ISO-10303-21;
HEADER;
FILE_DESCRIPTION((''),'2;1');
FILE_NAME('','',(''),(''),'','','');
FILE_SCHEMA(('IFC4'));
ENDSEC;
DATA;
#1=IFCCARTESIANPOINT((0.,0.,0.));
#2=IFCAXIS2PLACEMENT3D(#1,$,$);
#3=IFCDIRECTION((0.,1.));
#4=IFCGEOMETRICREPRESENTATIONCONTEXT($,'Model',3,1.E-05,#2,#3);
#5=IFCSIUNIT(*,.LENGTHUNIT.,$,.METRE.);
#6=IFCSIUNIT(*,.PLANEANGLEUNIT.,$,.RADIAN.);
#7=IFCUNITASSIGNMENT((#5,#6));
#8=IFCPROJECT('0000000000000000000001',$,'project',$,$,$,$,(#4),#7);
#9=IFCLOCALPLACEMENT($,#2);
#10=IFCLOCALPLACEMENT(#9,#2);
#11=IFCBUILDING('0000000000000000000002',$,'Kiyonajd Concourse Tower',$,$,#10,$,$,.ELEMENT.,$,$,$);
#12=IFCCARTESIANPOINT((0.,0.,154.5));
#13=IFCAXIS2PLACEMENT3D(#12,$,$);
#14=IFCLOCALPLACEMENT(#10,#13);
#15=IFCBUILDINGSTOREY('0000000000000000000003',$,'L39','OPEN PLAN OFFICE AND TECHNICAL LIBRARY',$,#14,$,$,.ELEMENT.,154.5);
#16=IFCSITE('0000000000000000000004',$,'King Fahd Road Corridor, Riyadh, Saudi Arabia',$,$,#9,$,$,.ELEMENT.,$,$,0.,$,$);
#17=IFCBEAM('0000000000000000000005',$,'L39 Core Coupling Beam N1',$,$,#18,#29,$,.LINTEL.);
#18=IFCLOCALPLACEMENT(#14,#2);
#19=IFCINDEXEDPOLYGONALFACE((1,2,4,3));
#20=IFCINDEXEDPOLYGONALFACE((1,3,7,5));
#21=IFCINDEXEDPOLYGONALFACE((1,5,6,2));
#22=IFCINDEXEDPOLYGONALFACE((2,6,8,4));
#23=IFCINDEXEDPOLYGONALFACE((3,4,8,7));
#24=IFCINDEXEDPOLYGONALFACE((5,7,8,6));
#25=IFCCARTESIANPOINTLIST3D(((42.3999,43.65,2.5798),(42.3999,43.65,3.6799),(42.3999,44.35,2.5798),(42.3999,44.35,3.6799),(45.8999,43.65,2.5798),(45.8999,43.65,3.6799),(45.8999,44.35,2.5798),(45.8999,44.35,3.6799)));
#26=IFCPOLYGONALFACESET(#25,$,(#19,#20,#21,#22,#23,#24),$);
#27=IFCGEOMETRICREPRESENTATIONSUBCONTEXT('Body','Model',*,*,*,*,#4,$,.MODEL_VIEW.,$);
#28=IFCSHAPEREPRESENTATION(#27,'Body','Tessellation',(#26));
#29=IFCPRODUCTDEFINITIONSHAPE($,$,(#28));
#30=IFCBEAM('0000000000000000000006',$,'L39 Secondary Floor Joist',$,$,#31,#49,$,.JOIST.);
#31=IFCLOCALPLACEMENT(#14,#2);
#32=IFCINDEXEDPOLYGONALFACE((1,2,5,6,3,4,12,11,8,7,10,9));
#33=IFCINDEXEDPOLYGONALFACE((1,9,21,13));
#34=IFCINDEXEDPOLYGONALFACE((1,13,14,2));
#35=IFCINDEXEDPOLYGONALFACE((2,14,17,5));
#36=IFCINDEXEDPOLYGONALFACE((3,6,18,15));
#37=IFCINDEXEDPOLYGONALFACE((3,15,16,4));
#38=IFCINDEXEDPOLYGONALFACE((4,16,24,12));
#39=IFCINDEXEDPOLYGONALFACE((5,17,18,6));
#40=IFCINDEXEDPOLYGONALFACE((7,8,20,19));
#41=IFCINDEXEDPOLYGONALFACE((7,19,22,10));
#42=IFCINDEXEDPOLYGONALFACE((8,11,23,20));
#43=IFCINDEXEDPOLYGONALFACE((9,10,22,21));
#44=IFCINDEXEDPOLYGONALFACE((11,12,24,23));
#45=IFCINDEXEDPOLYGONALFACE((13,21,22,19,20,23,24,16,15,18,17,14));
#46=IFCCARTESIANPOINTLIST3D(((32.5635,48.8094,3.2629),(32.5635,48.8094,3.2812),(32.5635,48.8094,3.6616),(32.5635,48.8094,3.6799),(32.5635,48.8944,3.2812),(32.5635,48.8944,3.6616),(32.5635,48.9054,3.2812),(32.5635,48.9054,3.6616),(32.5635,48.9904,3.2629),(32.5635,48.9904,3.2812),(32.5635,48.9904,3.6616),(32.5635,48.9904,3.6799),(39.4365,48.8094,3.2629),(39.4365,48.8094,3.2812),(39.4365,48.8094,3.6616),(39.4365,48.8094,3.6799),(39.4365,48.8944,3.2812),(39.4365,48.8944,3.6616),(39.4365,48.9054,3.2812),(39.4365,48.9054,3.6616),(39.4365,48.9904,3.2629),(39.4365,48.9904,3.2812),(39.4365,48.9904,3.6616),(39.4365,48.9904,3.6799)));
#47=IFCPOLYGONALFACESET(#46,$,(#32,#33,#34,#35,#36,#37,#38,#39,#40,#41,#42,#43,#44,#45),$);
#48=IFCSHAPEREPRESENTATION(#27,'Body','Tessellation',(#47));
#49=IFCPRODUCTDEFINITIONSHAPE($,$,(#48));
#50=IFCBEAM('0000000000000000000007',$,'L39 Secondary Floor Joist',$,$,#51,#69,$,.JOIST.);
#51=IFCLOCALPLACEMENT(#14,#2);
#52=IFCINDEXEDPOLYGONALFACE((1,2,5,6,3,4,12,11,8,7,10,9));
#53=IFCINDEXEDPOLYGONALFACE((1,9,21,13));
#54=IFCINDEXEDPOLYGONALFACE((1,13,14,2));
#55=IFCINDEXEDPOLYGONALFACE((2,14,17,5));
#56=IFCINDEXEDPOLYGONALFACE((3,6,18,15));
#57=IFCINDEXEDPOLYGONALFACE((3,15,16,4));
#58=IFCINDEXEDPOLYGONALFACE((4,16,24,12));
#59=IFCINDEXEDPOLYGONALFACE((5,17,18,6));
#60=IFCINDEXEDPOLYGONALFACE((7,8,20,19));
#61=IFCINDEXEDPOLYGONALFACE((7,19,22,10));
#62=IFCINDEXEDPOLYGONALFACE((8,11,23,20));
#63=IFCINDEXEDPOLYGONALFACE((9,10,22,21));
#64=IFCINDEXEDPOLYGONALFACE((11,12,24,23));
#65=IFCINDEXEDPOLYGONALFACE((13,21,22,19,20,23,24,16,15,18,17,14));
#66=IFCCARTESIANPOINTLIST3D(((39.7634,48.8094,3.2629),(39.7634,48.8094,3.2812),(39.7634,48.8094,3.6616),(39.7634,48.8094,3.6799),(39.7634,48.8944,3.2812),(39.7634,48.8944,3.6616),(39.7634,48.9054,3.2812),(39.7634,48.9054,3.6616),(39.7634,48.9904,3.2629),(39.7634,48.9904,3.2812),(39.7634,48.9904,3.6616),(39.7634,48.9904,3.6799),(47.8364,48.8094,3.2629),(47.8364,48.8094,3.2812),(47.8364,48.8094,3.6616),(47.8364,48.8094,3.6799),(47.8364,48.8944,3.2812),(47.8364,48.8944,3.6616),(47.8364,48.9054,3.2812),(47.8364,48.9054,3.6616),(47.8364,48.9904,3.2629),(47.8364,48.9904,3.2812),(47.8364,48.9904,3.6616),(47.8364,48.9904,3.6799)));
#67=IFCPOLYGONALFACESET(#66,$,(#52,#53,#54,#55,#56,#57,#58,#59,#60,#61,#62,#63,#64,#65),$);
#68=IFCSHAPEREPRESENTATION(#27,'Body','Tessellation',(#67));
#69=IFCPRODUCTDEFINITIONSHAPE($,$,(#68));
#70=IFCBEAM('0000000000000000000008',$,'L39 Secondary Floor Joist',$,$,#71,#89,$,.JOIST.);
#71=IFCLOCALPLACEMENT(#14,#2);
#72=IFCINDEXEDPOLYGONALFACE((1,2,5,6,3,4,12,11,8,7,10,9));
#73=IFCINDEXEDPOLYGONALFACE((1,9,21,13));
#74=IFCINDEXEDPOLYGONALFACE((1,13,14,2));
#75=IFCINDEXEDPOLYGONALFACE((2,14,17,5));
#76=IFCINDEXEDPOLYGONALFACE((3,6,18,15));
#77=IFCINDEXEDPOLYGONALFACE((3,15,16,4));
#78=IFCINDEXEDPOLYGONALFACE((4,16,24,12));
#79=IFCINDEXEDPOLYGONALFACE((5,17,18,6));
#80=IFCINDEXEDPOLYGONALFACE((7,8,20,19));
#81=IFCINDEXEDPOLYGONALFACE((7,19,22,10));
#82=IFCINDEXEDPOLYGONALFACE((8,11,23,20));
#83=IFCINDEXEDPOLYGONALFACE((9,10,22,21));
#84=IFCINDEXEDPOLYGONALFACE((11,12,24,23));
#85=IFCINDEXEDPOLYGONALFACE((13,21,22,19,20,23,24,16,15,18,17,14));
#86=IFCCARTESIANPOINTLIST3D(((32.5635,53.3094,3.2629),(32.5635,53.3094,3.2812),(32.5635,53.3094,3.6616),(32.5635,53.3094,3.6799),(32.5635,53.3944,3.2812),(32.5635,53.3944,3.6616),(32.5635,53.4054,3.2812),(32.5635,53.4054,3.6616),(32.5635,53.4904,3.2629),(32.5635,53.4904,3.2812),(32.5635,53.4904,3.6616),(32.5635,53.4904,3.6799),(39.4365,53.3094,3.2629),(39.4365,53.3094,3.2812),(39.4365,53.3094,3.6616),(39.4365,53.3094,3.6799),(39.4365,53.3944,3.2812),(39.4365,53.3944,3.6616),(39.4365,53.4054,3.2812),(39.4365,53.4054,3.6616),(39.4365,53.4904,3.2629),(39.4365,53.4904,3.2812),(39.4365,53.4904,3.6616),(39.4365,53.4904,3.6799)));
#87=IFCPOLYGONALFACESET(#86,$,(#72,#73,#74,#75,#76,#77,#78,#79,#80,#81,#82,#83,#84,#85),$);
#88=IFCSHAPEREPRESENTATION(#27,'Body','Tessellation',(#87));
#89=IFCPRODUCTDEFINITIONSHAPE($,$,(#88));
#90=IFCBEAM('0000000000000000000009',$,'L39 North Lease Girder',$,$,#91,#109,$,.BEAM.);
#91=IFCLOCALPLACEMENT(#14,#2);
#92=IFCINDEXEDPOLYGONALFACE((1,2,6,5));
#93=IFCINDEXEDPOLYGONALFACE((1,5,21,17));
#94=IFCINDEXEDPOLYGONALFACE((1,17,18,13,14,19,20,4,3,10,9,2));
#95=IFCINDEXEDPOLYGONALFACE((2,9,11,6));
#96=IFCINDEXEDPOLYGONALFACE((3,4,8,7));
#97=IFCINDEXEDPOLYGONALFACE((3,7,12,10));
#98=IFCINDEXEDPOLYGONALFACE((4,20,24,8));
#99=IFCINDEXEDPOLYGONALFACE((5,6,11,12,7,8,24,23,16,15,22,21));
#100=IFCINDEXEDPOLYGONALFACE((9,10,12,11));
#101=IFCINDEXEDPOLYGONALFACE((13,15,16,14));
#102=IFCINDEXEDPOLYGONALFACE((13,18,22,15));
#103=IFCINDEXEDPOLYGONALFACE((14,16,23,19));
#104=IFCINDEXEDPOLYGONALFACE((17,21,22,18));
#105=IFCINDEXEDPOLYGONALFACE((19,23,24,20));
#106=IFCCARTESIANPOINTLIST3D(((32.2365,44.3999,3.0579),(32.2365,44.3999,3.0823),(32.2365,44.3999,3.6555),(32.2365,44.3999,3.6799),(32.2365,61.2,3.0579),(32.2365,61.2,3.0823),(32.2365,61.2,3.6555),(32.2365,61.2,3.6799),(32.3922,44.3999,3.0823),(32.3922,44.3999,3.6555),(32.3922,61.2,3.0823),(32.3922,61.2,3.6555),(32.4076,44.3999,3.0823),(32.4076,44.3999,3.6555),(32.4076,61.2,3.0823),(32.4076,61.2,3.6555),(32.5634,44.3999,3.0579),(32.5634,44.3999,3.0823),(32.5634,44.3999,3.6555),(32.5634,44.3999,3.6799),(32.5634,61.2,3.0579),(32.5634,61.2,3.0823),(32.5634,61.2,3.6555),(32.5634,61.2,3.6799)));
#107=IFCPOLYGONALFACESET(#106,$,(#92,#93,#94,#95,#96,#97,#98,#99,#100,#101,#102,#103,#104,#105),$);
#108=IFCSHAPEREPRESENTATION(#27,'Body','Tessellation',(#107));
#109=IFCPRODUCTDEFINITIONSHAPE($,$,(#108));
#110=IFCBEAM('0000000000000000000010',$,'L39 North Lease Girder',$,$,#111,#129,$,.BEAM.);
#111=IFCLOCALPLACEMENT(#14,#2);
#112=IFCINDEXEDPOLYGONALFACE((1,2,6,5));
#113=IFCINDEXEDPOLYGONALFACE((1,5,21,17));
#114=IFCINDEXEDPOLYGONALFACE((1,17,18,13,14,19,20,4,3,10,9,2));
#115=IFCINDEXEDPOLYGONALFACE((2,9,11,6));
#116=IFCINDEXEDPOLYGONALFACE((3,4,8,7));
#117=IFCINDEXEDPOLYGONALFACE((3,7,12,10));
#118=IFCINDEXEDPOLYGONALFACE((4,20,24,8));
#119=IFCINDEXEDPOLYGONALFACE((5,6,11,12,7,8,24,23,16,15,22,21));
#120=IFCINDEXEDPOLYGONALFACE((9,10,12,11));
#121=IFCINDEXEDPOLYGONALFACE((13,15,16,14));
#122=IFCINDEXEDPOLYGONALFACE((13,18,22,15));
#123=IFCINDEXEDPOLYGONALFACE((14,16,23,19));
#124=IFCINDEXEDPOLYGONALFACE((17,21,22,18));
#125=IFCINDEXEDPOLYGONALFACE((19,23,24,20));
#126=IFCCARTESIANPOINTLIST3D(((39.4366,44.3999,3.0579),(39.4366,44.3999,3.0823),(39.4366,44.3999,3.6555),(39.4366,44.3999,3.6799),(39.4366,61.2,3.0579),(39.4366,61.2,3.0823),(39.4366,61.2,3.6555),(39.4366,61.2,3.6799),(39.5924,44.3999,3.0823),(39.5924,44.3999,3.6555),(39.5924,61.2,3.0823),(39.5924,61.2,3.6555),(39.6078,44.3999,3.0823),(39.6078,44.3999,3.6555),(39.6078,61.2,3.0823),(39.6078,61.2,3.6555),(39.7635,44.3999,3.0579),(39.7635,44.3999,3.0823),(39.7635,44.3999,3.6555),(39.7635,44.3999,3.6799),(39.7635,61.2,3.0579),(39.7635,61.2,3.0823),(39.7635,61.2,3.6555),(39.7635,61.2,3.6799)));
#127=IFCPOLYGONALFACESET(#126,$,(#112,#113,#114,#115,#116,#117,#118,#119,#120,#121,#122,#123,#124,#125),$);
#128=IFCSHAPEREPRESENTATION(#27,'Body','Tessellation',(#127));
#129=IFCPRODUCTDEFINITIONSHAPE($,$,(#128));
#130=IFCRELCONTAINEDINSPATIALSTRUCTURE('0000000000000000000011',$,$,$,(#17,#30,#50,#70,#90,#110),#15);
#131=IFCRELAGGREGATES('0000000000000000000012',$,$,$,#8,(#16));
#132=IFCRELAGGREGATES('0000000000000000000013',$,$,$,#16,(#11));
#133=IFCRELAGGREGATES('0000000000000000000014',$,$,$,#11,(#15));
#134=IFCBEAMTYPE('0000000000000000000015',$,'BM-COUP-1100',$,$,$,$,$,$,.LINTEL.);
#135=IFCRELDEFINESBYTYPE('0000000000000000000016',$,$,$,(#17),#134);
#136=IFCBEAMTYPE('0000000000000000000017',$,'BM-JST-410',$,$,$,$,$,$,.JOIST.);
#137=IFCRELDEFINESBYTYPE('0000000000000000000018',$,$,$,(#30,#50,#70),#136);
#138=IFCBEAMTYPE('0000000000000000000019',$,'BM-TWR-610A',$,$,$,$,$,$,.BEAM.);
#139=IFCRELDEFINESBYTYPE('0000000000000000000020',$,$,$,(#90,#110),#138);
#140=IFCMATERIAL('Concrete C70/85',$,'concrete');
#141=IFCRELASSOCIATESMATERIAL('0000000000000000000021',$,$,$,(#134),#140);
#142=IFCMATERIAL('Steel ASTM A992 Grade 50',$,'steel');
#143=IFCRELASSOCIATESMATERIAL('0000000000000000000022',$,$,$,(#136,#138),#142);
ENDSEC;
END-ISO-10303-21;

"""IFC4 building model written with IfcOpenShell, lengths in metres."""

from ifc_helpers import new_model, si_unit, direction, frame, origin, origin_2d, place, context, subcontext, project, spatial, rectangle, i_section, extrude, material, material_profile, profile_set, type_object, element, save


model = new_model("IFC4")

# Units and contexts
model_context = context("Model", 3, precision=1e-05, world=origin(), true_north=direction((0.0, 1.0)))
body_context = subcontext(model_context, "Body", "Model", "MODEL_VIEW")
ifc_project = project(units=[si_unit("LENGTHUNIT", "METRE"), si_unit("PLANEANGLEUNIT", "RADIAN")], contexts=[model_context])

# Site, building, storey
site_placement = place(None, origin())
site = spatial("IfcSite", under=ifc_project, at=site_placement, Name="King Fahd Road Corridor, Riyadh, Saudi Arabia", CompositionType="ELEMENT", RefElevation=0.0)
building_placement = place(site_placement, origin())
building = spatial("IfcBuilding", under=site, at=building_placement, Name="Kiyonajd Concourse Tower", CompositionType="ELEMENT")
storey_placement = place(building_placement, frame((0.0, 0.0, 154.5)))
storey = spatial("IfcBuildingStorey", under=building, at=storey_placement, Name="L39", Description="OPEN PLAN OFFICE AND TECHNICAL LIBRARY", CompositionType="ELEMENT", Elevation=154.5)

# Beams
ifc_material_1 = material(Name="Concrete C70/85", Category="concrete")
ifc_material_profile_1 = material_profile(ifc_material_1, rectangle(XDim=0.7, YDim=1.1001, at=origin_2d()), Name="RCBM-700x1100")
ifc_profile_set_1 = profile_set([ifc_material_profile_1], Name="Concrete C70/85")
beam_type_1 = type_object("IfcBeamType", Name="BM-COUP-1100", PredefinedType="LINTEL", material=ifc_profile_set_1)
beam_1_placement = place(storey_placement, frame((42.3999, 44.0, 3.1299), z_axis=(1.0, 0.0, 0.0), x_axis=(0.0, 1.0, 0.0)))
element("IfcBeam", 1, at=beam_1_placement, inside=storey, type_object=beam_type_1, Name="L39 Core Coupling Beam N1", PredefinedType="LINTEL", context=body_context, shape_type="SweptSolid", body=[
    extrude(rectangle(XDim=0.7, YDim=1.1001, at=origin_2d()), origin(), (0.0, 0.0, 1.0), 3.5),
])
ifc_material_2 = material(Name="Steel ASTM A992 Grade 50", Category="steel")
ifc_material_profile_2 = material_profile(ifc_material_2, i_section(OverallWidth=0.1809, OverallDepth=0.417, WebThickness=0.011, FlangeThickness=0.0183, at=origin_2d()), Name="W410X85")
ifc_profile_set_2 = profile_set([ifc_material_profile_2], Name="Steel ASTM A992 Grade 50")
beam_type_2 = type_object("IfcBeamType", Name="BM-JST-410", PredefinedType="JOIST", material=ifc_profile_set_2)
beam_2_placement = place(storey_placement, frame((32.5635, 48.8999, 3.4714), z_axis=(1.0, 0.0, 0.0), x_axis=(0.0, 1.0, 0.0)))
element("IfcBeam", 2, at=beam_2_placement, inside=storey, type_object=beam_type_2, Name="L39 Secondary Floor Joist", PredefinedType="JOIST", context=body_context, shape_type="SweptSolid", body=[
    extrude(i_section(OverallWidth=0.1809, OverallDepth=0.417, WebThickness=0.011, FlangeThickness=0.0183, at=origin_2d()), origin(), (0.0, 0.0, 1.0), 6.873),
])
beam_3_placement = place(storey_placement, frame((39.7634, 48.8999, 3.4714), z_axis=(1.0, 0.0, 0.0), x_axis=(0.0, 1.0, 0.0)))
element("IfcBeam", 3, at=beam_3_placement, inside=storey, type_object=beam_type_2, Name="L39 Secondary Floor Joist", PredefinedType="JOIST", context=body_context, shape_type="SweptSolid", body=[
    extrude(i_section(OverallWidth=0.1809, OverallDepth=0.417, WebThickness=0.011, FlangeThickness=0.0183, at=origin_2d()), origin(), (0.0, 0.0, 1.0), 8.073),
])
beam_4_placement = place(storey_placement, frame((32.5635, 53.3999, 3.4714), z_axis=(1.0, 0.0, 0.0), x_axis=(0.0, 1.0, 0.0)))
element("IfcBeam", 4, at=beam_4_placement, inside=storey, type_object=beam_type_2, Name="L39 Secondary Floor Joist", PredefinedType="JOIST", context=body_context, shape_type="SweptSolid", body=[
    extrude(i_section(OverallWidth=0.1809, OverallDepth=0.417, WebThickness=0.011, FlangeThickness=0.0183, at=origin_2d()), origin(), (0.0, 0.0, 1.0), 6.873),
])
ifc_material_profile_3 = material_profile(ifc_material_2, i_section(OverallWidth=0.3269, OverallDepth=0.6221, WebThickness=0.0154, FlangeThickness=0.0244, at=origin_2d()), Name="W610X195")
ifc_profile_set_3 = profile_set([ifc_material_profile_3], Name="Steel ASTM A992 Grade 50")
beam_type_3 = type_object("IfcBeamType", Name="BM-TWR-610A", PredefinedType="BEAM", material=ifc_profile_set_3)
for number, where, z_axis, x_axis, name in (
    (5, (32.3999, 44.3999, 3.3689), (0.0, 1.0, 0.0), (-1.0, 0.0, 0.0), "L39 North Lease Girder"),
    (6, (39.6001, 44.3999, 3.3689), (0.0, 1.0, 0.0), (-1.0, 0.0, 0.0), "L39 North Lease Girder"),
):
    element("IfcBeam", number, at=place(storey_placement, frame(where, z_axis=z_axis, x_axis=x_axis)), inside=storey, type_object=beam_type_3, Name=name, PredefinedType="BEAM", context=body_context, shape_type="SweptSolid", body=[
        extrude(i_section(OverallWidth=0.3269, OverallDepth=0.6221, WebThickness=0.0154, FlangeThickness=0.0244, at=origin_2d()), origin(), (0.0, 0.0, 1.0), 16.8),
    ])

save(model, "model.ifc")
